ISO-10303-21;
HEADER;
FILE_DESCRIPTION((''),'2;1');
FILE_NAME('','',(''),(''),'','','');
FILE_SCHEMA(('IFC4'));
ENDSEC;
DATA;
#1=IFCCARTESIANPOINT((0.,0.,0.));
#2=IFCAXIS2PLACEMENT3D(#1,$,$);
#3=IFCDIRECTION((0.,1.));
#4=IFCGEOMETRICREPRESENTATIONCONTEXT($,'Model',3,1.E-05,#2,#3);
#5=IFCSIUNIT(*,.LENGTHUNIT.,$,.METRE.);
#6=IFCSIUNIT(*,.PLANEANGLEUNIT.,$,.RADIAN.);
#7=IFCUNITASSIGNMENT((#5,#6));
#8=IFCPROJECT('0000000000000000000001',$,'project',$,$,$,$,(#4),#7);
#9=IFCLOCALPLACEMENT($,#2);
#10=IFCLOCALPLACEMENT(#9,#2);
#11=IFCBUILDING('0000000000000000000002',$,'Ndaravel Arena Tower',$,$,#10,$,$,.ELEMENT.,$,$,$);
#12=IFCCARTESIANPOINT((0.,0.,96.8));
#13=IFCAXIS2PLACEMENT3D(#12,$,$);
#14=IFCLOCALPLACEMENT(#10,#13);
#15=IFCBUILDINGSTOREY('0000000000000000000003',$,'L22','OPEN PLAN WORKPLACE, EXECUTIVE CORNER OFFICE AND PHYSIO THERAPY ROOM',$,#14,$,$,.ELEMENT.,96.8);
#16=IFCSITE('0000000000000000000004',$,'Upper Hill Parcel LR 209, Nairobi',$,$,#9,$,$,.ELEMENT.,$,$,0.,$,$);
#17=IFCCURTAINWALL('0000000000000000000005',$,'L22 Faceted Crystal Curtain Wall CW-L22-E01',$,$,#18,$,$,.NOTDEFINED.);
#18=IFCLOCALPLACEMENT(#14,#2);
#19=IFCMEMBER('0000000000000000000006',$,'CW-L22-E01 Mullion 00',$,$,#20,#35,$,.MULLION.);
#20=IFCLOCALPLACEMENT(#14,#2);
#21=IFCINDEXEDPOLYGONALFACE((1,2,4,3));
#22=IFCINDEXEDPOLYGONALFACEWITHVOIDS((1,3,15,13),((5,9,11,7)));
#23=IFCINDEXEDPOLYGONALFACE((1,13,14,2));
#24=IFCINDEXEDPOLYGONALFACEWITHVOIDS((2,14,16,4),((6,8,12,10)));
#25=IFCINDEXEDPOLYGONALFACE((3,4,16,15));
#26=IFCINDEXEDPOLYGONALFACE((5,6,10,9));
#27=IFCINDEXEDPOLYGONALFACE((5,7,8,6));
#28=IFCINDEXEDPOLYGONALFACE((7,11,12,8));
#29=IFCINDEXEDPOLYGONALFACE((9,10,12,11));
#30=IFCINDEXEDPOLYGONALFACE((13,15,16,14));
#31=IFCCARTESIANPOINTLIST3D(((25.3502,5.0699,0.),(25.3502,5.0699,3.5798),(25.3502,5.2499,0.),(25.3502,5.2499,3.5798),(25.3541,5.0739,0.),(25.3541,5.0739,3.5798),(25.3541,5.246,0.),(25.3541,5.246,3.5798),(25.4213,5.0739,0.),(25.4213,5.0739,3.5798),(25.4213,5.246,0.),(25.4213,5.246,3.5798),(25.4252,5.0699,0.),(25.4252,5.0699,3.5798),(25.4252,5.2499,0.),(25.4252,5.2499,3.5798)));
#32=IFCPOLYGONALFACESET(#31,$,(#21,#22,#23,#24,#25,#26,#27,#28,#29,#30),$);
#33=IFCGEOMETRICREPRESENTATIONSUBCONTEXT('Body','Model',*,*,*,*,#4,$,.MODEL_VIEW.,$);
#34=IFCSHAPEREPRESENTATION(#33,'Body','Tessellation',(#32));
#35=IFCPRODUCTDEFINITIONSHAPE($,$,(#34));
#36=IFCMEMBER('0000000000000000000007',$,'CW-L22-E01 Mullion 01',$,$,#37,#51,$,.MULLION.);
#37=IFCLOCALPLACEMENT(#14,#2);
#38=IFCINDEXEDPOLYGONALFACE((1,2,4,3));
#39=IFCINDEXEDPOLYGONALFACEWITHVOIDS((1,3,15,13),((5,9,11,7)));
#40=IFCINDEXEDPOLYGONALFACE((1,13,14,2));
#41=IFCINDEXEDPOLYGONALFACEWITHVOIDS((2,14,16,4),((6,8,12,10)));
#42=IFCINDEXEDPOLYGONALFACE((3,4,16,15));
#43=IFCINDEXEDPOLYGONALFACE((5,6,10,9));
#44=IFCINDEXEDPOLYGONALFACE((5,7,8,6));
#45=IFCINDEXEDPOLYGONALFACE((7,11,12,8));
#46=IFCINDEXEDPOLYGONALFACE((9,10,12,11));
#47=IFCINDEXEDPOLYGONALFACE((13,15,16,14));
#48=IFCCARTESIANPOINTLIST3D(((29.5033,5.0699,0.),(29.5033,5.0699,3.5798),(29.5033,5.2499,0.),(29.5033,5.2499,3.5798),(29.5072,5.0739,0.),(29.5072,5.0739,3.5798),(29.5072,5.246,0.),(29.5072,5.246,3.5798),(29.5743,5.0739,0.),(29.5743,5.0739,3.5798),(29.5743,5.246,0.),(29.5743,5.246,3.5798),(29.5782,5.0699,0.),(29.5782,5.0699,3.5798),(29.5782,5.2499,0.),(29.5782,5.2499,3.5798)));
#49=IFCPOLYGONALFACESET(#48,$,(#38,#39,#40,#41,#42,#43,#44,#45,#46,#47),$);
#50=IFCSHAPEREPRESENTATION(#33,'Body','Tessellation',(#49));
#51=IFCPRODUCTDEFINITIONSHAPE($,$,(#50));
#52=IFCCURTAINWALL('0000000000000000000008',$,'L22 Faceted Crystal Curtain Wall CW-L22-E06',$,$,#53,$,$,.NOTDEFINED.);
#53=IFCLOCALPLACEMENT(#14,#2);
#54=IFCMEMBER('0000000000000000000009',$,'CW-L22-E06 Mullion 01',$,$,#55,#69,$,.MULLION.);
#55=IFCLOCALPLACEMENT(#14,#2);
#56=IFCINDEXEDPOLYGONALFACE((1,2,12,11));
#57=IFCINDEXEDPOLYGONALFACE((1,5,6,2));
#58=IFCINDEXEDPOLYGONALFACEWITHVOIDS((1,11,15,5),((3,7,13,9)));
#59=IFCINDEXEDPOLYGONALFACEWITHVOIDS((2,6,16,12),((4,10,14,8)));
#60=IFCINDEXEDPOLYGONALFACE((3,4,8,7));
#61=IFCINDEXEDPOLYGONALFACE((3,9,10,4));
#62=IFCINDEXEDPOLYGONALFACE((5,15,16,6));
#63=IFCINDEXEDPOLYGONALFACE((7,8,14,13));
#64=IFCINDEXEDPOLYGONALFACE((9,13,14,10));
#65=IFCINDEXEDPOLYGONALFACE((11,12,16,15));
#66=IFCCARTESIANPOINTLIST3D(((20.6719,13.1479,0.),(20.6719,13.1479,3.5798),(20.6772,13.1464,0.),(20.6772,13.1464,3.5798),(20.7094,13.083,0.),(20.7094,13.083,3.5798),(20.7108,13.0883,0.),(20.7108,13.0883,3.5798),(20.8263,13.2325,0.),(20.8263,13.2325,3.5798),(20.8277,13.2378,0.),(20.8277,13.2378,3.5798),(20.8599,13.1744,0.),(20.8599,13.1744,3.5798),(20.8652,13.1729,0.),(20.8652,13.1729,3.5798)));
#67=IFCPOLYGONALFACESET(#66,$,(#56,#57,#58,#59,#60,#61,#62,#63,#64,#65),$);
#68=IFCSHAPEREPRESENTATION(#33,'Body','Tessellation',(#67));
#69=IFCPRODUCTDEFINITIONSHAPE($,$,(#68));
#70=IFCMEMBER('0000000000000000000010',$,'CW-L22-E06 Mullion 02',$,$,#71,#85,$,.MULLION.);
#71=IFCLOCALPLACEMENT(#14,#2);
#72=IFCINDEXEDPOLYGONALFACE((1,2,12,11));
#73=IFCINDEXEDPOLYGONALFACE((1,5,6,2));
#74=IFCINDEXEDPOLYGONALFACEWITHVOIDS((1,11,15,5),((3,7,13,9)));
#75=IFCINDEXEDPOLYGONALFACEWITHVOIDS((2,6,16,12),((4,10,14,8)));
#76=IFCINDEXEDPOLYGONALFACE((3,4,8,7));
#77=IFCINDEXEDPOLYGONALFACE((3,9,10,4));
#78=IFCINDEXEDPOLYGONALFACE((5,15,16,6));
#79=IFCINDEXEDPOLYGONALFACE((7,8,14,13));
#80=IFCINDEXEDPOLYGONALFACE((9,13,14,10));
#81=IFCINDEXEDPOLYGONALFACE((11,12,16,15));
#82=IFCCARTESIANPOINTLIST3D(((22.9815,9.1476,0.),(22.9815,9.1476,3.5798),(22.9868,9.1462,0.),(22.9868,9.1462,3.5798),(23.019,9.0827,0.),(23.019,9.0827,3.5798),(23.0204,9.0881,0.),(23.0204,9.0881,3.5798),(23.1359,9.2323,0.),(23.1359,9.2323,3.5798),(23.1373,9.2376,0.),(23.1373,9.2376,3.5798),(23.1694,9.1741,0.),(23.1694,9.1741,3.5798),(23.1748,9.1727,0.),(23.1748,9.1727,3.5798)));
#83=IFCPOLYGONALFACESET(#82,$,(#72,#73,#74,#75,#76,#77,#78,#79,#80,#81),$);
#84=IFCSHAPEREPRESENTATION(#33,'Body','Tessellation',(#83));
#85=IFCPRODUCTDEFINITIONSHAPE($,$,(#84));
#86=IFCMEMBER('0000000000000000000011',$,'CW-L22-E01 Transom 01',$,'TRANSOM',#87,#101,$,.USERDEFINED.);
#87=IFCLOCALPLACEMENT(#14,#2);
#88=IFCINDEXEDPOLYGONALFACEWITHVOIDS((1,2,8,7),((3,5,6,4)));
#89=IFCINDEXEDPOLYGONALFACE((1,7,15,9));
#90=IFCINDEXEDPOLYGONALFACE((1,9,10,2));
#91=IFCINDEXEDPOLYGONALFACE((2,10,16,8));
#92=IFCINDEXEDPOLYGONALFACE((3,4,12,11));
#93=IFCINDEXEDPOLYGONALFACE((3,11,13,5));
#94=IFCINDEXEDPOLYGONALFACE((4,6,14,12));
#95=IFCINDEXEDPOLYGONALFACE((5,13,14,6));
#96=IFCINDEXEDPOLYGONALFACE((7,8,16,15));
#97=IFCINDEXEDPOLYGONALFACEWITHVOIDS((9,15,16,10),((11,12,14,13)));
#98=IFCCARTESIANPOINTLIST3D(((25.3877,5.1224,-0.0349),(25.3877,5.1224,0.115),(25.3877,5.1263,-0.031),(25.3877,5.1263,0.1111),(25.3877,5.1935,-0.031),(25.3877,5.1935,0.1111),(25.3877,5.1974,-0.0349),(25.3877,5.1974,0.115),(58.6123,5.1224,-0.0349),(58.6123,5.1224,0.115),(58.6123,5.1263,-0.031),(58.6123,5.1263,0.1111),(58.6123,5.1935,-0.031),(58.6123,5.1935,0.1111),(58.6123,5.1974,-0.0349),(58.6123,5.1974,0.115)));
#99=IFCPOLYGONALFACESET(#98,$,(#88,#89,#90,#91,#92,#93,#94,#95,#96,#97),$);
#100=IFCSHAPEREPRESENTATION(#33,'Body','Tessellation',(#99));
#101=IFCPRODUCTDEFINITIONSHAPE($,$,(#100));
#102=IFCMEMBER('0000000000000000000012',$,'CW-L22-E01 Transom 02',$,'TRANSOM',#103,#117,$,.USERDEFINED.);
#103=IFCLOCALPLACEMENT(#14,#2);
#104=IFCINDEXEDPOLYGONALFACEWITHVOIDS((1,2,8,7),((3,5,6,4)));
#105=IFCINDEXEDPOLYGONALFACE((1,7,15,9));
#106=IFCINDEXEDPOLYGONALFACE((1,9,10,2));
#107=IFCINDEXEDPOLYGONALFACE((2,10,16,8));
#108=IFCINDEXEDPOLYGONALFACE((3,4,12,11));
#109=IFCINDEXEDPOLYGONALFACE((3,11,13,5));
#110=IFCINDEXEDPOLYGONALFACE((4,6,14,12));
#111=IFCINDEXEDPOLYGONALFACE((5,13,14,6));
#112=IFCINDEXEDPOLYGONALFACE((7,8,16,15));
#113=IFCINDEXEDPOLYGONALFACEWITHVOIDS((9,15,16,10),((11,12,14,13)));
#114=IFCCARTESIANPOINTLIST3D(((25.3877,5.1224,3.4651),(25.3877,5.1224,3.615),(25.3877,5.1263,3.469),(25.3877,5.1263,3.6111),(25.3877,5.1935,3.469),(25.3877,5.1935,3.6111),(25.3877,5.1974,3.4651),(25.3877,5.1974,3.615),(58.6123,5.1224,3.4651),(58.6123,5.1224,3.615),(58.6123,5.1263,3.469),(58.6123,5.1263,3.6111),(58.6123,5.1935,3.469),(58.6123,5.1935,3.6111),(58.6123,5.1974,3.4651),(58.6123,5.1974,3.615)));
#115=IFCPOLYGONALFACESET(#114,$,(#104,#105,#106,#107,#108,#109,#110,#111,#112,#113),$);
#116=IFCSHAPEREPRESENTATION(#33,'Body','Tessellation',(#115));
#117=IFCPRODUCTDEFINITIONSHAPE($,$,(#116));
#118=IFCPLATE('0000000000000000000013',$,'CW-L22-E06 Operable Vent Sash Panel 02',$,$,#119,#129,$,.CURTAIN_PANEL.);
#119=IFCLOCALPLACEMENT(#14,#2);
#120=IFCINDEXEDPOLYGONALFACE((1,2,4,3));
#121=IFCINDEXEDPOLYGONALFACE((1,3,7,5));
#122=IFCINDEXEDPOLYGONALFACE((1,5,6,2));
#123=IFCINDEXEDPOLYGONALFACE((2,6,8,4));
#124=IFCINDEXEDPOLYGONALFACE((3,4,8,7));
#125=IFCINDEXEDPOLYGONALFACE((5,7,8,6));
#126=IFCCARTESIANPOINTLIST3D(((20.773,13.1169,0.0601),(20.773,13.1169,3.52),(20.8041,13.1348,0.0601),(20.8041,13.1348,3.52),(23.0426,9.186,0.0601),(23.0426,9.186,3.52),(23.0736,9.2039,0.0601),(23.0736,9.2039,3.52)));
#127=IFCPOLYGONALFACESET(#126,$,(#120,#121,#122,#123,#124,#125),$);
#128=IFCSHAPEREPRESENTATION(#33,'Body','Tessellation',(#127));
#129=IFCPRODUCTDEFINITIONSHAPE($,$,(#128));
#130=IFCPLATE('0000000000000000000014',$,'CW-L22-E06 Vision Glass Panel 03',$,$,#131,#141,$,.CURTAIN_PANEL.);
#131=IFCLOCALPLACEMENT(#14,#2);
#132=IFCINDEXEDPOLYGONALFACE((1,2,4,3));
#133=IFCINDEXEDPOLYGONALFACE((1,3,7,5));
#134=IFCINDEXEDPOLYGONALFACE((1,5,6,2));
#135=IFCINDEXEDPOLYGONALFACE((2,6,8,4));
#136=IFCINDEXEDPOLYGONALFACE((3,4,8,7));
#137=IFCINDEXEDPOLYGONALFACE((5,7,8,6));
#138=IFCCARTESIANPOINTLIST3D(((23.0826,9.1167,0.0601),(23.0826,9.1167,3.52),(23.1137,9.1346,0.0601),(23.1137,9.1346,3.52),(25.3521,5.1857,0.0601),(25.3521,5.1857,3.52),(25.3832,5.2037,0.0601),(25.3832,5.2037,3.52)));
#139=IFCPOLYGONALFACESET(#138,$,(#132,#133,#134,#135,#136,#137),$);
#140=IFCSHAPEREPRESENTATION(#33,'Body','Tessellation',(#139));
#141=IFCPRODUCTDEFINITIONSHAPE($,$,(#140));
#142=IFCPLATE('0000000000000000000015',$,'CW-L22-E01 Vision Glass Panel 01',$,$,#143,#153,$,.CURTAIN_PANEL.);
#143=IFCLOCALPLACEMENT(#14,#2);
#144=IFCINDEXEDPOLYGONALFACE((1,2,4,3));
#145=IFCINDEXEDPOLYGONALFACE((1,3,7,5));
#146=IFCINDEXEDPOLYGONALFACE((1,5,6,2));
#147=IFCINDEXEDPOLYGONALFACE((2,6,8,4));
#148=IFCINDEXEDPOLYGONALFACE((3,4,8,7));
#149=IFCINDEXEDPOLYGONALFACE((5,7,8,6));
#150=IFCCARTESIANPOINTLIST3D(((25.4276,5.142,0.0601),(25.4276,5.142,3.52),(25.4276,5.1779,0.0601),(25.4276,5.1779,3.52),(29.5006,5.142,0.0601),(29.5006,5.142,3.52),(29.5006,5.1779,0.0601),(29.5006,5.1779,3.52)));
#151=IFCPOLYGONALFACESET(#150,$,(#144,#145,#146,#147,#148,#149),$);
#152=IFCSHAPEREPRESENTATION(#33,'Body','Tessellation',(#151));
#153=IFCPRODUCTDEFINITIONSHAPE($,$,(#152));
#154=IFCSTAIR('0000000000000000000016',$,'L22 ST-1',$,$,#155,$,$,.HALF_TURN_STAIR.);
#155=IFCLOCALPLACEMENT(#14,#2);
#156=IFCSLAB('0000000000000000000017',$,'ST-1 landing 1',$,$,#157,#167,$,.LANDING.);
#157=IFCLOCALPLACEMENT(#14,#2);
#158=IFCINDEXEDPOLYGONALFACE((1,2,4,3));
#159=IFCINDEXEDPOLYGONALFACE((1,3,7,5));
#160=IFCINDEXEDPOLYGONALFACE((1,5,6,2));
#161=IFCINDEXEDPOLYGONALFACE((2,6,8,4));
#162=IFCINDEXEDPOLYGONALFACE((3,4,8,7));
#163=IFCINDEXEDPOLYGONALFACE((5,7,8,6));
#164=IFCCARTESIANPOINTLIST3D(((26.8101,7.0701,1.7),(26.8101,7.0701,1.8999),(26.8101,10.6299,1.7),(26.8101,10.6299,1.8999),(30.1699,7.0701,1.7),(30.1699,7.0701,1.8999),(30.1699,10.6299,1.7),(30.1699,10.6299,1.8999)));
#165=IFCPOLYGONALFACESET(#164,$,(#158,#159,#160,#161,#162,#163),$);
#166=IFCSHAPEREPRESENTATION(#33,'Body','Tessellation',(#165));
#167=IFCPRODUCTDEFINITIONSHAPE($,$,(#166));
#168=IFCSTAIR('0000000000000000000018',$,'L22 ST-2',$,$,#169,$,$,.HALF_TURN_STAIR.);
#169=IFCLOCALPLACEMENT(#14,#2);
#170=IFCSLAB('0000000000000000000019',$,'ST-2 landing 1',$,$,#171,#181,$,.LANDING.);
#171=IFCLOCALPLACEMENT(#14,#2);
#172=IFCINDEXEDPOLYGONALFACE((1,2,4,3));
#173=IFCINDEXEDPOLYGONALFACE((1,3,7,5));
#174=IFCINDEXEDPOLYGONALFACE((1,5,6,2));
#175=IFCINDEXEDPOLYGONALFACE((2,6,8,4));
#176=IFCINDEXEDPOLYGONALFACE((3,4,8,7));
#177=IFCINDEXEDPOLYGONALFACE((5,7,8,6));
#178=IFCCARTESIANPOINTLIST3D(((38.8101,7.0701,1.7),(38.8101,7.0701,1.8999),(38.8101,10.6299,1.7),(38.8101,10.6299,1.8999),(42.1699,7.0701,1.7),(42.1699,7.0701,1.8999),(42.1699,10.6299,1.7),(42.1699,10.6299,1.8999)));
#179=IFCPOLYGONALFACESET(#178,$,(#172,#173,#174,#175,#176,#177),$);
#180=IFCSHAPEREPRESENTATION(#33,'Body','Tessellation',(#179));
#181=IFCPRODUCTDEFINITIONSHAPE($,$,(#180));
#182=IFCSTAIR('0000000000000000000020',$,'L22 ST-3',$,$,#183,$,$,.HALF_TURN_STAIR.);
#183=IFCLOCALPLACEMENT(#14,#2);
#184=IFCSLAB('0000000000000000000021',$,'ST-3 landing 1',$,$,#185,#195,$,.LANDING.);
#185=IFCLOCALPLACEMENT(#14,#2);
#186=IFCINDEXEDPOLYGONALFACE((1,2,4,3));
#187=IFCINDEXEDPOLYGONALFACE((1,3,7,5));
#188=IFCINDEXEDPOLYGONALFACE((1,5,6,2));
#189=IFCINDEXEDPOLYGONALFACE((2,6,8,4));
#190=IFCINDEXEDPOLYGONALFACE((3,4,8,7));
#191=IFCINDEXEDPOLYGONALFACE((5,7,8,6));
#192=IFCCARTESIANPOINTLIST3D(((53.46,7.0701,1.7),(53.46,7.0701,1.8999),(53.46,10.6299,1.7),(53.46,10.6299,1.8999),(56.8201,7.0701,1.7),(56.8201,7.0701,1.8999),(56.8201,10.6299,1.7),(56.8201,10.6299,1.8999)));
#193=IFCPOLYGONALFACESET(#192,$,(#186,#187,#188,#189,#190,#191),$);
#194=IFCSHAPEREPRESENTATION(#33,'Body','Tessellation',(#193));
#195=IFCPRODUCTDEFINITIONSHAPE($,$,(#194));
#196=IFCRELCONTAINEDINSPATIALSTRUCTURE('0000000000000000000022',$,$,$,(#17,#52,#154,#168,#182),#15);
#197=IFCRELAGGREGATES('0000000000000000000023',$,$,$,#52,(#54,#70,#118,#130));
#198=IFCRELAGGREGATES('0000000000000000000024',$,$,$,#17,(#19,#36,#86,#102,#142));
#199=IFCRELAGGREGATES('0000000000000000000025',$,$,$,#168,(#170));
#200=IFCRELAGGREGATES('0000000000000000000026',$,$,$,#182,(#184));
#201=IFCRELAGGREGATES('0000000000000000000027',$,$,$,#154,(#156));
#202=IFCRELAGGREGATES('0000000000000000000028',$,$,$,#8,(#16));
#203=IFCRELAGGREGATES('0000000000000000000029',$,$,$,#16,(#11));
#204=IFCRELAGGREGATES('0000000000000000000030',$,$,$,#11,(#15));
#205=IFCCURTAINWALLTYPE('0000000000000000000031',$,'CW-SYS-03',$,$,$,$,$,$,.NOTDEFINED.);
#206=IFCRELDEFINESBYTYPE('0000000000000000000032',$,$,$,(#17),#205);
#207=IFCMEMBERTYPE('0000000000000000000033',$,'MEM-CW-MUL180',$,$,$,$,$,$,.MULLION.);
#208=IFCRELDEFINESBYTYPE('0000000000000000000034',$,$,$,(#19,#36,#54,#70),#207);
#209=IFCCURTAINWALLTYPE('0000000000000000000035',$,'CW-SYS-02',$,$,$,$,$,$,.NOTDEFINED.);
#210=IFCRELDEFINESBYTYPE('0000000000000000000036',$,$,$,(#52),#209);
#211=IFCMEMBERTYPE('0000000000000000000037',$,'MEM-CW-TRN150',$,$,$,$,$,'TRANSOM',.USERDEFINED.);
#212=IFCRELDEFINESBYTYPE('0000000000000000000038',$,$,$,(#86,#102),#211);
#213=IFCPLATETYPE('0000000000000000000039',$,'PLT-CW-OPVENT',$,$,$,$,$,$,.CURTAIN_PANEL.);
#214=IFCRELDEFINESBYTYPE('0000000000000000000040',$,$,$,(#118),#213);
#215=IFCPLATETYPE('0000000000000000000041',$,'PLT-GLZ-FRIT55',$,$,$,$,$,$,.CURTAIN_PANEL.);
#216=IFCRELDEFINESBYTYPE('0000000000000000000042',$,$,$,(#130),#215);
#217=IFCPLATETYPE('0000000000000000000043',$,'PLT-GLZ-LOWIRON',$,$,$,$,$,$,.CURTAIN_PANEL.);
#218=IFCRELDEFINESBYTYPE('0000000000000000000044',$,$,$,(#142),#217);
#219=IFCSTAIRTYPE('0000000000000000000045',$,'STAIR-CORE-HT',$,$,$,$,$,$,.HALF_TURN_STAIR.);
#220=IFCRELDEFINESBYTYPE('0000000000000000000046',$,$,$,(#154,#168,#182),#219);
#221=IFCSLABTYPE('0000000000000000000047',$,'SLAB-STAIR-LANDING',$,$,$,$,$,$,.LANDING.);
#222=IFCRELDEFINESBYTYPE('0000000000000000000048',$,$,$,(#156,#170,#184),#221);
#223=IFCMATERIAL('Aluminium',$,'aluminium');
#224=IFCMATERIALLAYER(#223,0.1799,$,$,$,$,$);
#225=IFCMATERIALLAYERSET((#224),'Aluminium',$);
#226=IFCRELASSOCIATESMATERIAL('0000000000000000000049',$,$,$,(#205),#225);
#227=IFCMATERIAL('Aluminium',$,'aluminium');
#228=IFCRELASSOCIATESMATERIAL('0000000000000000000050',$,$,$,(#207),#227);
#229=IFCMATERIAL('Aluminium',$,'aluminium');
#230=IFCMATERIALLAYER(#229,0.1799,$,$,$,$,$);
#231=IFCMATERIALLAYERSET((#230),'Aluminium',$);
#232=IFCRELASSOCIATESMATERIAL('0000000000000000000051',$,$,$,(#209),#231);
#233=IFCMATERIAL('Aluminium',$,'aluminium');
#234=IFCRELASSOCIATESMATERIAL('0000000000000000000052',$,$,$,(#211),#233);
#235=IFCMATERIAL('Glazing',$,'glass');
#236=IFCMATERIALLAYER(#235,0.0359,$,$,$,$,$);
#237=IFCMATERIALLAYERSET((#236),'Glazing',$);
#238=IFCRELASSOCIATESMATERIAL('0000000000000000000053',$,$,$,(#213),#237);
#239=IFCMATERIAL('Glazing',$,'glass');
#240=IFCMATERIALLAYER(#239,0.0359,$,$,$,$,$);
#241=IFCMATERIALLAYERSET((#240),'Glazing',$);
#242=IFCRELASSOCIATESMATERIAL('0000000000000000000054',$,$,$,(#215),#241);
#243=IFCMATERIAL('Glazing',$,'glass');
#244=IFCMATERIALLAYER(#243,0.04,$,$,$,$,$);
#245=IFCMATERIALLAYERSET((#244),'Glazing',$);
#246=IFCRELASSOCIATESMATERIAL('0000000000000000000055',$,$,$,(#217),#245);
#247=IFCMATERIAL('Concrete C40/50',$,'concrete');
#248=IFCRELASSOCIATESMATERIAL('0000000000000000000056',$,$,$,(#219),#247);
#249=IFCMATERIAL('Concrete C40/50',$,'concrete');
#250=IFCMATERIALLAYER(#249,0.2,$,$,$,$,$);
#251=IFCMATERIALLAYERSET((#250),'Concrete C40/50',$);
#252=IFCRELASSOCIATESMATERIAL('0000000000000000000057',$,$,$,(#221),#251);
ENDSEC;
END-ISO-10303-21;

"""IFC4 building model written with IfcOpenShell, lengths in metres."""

from ifc_helpers import new_model, si_unit, direction, frame, origin, origin_2d, place, context, subcontext, project, spatial, polyline, rectangle, hollow_rectangle, outline, extrude, material, layer, layer_set, material_profile, profile_set, type_object, element, aggregate, save


model = new_model("IFC4")

# Units and contexts
model_context = context("Model", 3, precision=1e-05, world=origin(), true_north=direction((0.0, 1.0)))
body_context = subcontext(model_context, "Body", "Model", "MODEL_VIEW")
ifc_project = project(units=[si_unit("LENGTHUNIT", "METRE"), si_unit("PLANEANGLEUNIT", "RADIAN")], contexts=[model_context])

# Site, building, storey
site_placement = place(None, origin())
site = spatial("IfcSite", under=ifc_project, at=site_placement, Name="Upper Hill Parcel LR 209, Nairobi", CompositionType="ELEMENT", RefElevation=0.0)
building_placement = place(site_placement, origin())
building = spatial("IfcBuilding", under=site, at=building_placement, Name="Ndaravel Arena Tower", CompositionType="ELEMENT")
storey_placement = place(building_placement, frame((0.0, 0.0, 96.8)))
storey = spatial("IfcBuildingStorey", under=building, at=storey_placement, Name="L22", Description="OPEN PLAN WORKPLACE, EXECUTIVE CORNER OFFICE AND PHYSIO THERAPY ROOM", CompositionType="ELEMENT", Elevation=96.8)

# Curtain walls, members
ifc_material_1 = material(Name="Aluminium", Category="aluminium")
ifc_layer_1 = layer(ifc_material_1, 0.1799)
ifc_layer_set_1 = layer_set([ifc_layer_1], Name="Aluminium")
curtain_wall_type_1 = type_object("IfcCurtainWallType", Name="CW-SYS-03", PredefinedType="NOTDEFINED", material=ifc_layer_set_1)
curtain_wall_1_placement = place(storey_placement, origin())
curtain_wall_1 = element("IfcCurtainWall", 1, at=curtain_wall_1_placement, inside=storey, type_object=curtain_wall_type_1, Name="L22 Faceted Crystal Curtain Wall CW-L22-E01", PredefinedType="NOTDEFINED")
ifc_material_2 = material(Name="Aluminium", Category="aluminium")
ifc_material_profile_1 = material_profile(ifc_material_2, hollow_rectangle(XDim=0.075, YDim=0.1799, WallThickness=0.0039, at=origin_2d()), Name="CW MULLION 75x180x4")
ifc_profile_set_1 = profile_set([ifc_material_profile_1], Name="Aluminium")
member_type_1 = type_object("IfcMemberType", Name="MEM-CW-MUL180", PredefinedType="MULLION", material=ifc_profile_set_1)
member_1_placement = place(storey_placement, frame((25.3877, 5.1599, 0.0), z_axis=(0.0, 0.0, 1.0), x_axis=(1.0, 0.0, 0.0)))
member_1 = element("IfcMember", 2, at=member_1_placement, type_object=member_type_1, Name="CW-L22-E01 Mullion 00", PredefinedType="MULLION", context=body_context, shape_type="SweptSolid", body=[
    extrude(hollow_rectangle(XDim=0.075, YDim=0.1799, WallThickness=0.0039, at=origin_2d()), origin(), (0.0, 0.0, 1.0), 3.5798),
])
member_2_placement = place(storey_placement, frame((29.5408, 5.1599, 0.0), z_axis=(0.0, 0.0, 1.0), x_axis=(1.0, 0.0, 0.0)))
member_2 = element("IfcMember", 3, at=member_2_placement, type_object=member_type_1, Name="CW-L22-E01 Mullion 01", PredefinedType="MULLION", context=body_context, shape_type="SweptSolid", body=[
    extrude(hollow_rectangle(XDim=0.075, YDim=0.1799, WallThickness=0.0039, at=origin_2d()), origin(), (0.0, 0.0, 1.0), 3.5798),
])
ifc_material_3 = material(Name="Aluminium", Category="aluminium")
ifc_layer_2 = layer(ifc_material_3, 0.1799)
ifc_layer_set_2 = layer_set([ifc_layer_2], Name="Aluminium")
curtain_wall_type_2 = type_object("IfcCurtainWallType", Name="CW-SYS-02", PredefinedType="NOTDEFINED", material=ifc_layer_set_2)
curtain_wall_2_placement = place(storey_placement, origin())
curtain_wall_2 = element("IfcCurtainWall", 4, at=curtain_wall_2_placement, inside=storey, type_object=curtain_wall_type_2, Name="L22 Faceted Crystal Curtain Wall CW-L22-E06", PredefinedType="NOTDEFINED")
member_3_placement = place(storey_placement, frame((20.7686, 13.1604, 0.0), z_axis=(0.0, 0.0, 1.0), x_axis=(0.5, -0.866025, 0.0)))
member_3 = element("IfcMember", 5, at=member_3_placement, type_object=member_type_1, Name="CW-L22-E06 Mullion 01", PredefinedType="MULLION", context=body_context, shape_type="SweptSolid", body=[
    extrude(hollow_rectangle(XDim=0.075, YDim=0.1799, WallThickness=0.0039, at=origin_2d()), origin(), (0.0, 0.0, 1.0), 3.5798),
])
member_4_placement = place(storey_placement, frame((23.0781, 9.1602, 0.0), z_axis=(0.0, 0.0, 1.0), x_axis=(0.5, -0.866025, 0.0)))
member_4 = element("IfcMember", 6, at=member_4_placement, type_object=member_type_1, Name="CW-L22-E06 Mullion 02", PredefinedType="MULLION", context=body_context, shape_type="SweptSolid", body=[
    extrude(hollow_rectangle(XDim=0.075, YDim=0.1799, WallThickness=0.0039, at=origin_2d()), origin(), (0.0, 0.0, 1.0), 3.5798),
])

# Members
ifc_material_4 = material(Name="Aluminium", Category="aluminium")
ifc_material_profile_2 = material_profile(ifc_material_4, hollow_rectangle(XDim=0.075, YDim=0.1499, WallThickness=0.0039, at=origin_2d()), Name="CW TRANSOM 75x150x4")
ifc_profile_set_2 = profile_set([ifc_material_profile_2], Name="Aluminium")
member_type_2 = type_object("IfcMemberType", Name="MEM-CW-TRN150", ElementType="TRANSOM", PredefinedType="USERDEFINED", material=ifc_profile_set_2)
member_5_placement = place(storey_placement, frame((25.3877, 5.1599, 0.04), z_axis=(1.0, 0.0, 0.0), x_axis=(0.0, 1.0, 0.0)))
member_5 = element("IfcMember", 7, at=member_5_placement, type_object=member_type_2, Name="CW-L22-E01 Transom 01", ObjectType="TRANSOM", PredefinedType="USERDEFINED", context=body_context, shape_type="SweptSolid", body=[
    extrude(hollow_rectangle(XDim=0.075, YDim=0.1499, WallThickness=0.0039, at=origin_2d()), origin(), (0.0, 0.0, 1.0), 33.2246),
])
member_6_placement = place(storey_placement, frame((25.3877, 5.1599, 3.54), z_axis=(1.0, 0.0, 0.0), x_axis=(0.0, 1.0, 0.0)))
member_6 = element("IfcMember", 8, at=member_6_placement, type_object=member_type_2, Name="CW-L22-E01 Transom 02", ObjectType="TRANSOM", PredefinedType="USERDEFINED", context=body_context, shape_type="SweptSolid", body=[
    extrude(hollow_rectangle(XDim=0.075, YDim=0.1499, WallThickness=0.0039, at=origin_2d()), origin(), (0.0, 0.0, 1.0), 33.2246),
])

# Plates
ifc_material_5 = material(Name="Glazing", Category="glass")
ifc_layer_3 = layer(ifc_material_5, 0.0359)
ifc_layer_set_3 = layer_set([ifc_layer_3], Name="Glazing")
plate_type_1 = type_object("IfcPlateType", Name="PLT-CW-OPVENT", PredefinedType="CURTAIN_PANEL", material=ifc_layer_set_3)
plate_1_placement = place(storey_placement, frame((21.9233, 11.1604, 0.0601), z_axis=(0.0, 0.0, 1.0), x_axis=(0.5, -0.866025, 0.0)))
plate_1 = element("IfcPlate", 9, at=plate_1_placement, type_object=plate_type_1, Name="CW-L22-E06 Operable Vent Sash Panel 02", PredefinedType="CURTAIN_PANEL", context=body_context, shape_type="SweptSolid", body=[
    extrude(rectangle(XDim=4.5391, YDim=0.0359, at=origin_2d()), origin(), (0.0, 0.0, 1.0), 3.46),
])
ifc_material_6 = material(Name="Glazing", Category="glass")
ifc_layer_4 = layer(ifc_material_6, 0.0359)
ifc_layer_set_4 = layer_set([ifc_layer_4], Name="Glazing")
plate_type_2 = type_object("IfcPlateType", Name="PLT-GLZ-FRIT55", PredefinedType="CURTAIN_PANEL", material=ifc_layer_set_4)
plate_2_placement = place(storey_placement, frame((24.2329, 7.1602, 0.0601), z_axis=(0.0, 0.0, 1.0), x_axis=(0.5, -0.866025, 0.0)))
plate_2 = element("IfcPlate", 10, at=plate_2_placement, type_object=plate_type_2, Name="CW-L22-E06 Vision Glass Panel 03", PredefinedType="CURTAIN_PANEL", context=body_context, shape_type="SweptSolid", body=[
    extrude(rectangle(XDim=4.5391, YDim=0.0359, at=origin_2d()), origin(), (0.0, 0.0, 1.0), 3.46),
])
aggregate(curtain_wall_2, [member_3, member_4, plate_1, plate_2])
ifc_material_7 = material(Name="Glazing", Category="glass")
ifc_layer_5 = layer(ifc_material_7, 0.04)
ifc_layer_set_5 = layer_set([ifc_layer_5], Name="Glazing")
plate_type_3 = type_object("IfcPlateType", Name="PLT-GLZ-LOWIRON", PredefinedType="CURTAIN_PANEL", material=ifc_layer_set_5)
plate_3_placement = place(storey_placement, frame((27.4641, 5.1599, 0.0601), z_axis=(0.0, 0.0, 1.0), x_axis=(1.0, 0.0, 0.0)))
plate_3 = element("IfcPlate", 11, at=plate_3_placement, type_object=plate_type_3, Name="CW-L22-E01 Vision Glass Panel 01", PredefinedType="CURTAIN_PANEL", context=body_context, shape_type="SweptSolid", body=[
    extrude(rectangle(XDim=4.073, YDim=0.0359, at=origin_2d()), origin(), (0.0, 0.0, 1.0), 3.46),
])
aggregate(curtain_wall_1, [member_1, member_2, member_5, member_6, plate_3])

# Stairs, slabs
ifc_material_8 = material(Name="Concrete C40/50", Category="concrete")
stair_type = type_object("IfcStairType", Name="STAIR-CORE-HT", PredefinedType="HALF_TURN_STAIR", material=ifc_material_8)
stair_1_placement = place(storey_placement, origin())
stair_1 = element("IfcStair", 12, at=stair_1_placement, inside=storey, type_object=stair_type, Name="L22 ST-1", PredefinedType="HALF_TURN_STAIR")
ifc_material_9 = material(Name="Concrete C40/50", Category="concrete")
ifc_layer_6 = layer(ifc_material_9, 0.2)
ifc_layer_set_6 = layer_set([ifc_layer_6], Name="Concrete C40/50")
slab_type_1 = type_object("IfcSlabType", Name="SLAB-STAIR-LANDING", PredefinedType="LANDING", material=ifc_layer_set_6)
slab_1_placement = place(storey_placement, frame((0.0, 0.0, 1.7)))
slab_1 = element("IfcSlab", 13, at=slab_1_placement, type_object=slab_type_1, Name="ST-1 landing 1", PredefinedType="LANDING", context=body_context, shape_type="SweptSolid", body=[
    extrude(outline(polyline([(26.8101, 10.6299), (26.8101, 7.0701), (30.1699, 7.0701), (30.1699, 10.6299), (26.8101, 10.6299)])), origin(), (0.0, 0.0, 1.0), 0.2),
])
stair_2_placement = place(storey_placement, origin())
stair_2 = element("IfcStair", 14, at=stair_2_placement, inside=storey, type_object=stair_type, Name="L22 ST-2", PredefinedType="HALF_TURN_STAIR")
slab_2_placement = place(storey_placement, frame((0.0, 0.0, 1.7)))
slab_2 = element("IfcSlab", 15, at=slab_2_placement, type_object=slab_type_1, Name="ST-2 landing 1", PredefinedType="LANDING", context=body_context, shape_type="SweptSolid", body=[
    extrude(outline(polyline([(38.8101, 10.6299), (38.8101, 7.0701), (42.1699, 7.0701), (42.1699, 10.6299), (38.8101, 10.6299)])), origin(), (0.0, 0.0, 1.0), 0.2),
])
aggregate(stair_2, [slab_2])
stair_3_placement = place(storey_placement, origin())
stair_3 = element("IfcStair", 16, at=stair_3_placement, inside=storey, type_object=stair_type, Name="L22 ST-3", PredefinedType="HALF_TURN_STAIR")
slab_3_placement = place(storey_placement, frame((0.0, 0.0, 1.7)))
slab_3 = element("IfcSlab", 17, at=slab_3_placement, type_object=slab_type_1, Name="ST-3 landing 1", PredefinedType="LANDING", context=body_context, shape_type="SweptSolid", body=[
    extrude(outline(polyline([(53.46, 10.6299), (53.46, 7.0701), (56.8201, 7.0701), (56.8201, 10.6299), (53.46, 10.6299)])), origin(), (0.0, 0.0, 1.0), 0.2),
])
aggregate(stair_3, [slab_3])

aggregate(stair_1, [slab_1])

save(model, "model.ifc")
